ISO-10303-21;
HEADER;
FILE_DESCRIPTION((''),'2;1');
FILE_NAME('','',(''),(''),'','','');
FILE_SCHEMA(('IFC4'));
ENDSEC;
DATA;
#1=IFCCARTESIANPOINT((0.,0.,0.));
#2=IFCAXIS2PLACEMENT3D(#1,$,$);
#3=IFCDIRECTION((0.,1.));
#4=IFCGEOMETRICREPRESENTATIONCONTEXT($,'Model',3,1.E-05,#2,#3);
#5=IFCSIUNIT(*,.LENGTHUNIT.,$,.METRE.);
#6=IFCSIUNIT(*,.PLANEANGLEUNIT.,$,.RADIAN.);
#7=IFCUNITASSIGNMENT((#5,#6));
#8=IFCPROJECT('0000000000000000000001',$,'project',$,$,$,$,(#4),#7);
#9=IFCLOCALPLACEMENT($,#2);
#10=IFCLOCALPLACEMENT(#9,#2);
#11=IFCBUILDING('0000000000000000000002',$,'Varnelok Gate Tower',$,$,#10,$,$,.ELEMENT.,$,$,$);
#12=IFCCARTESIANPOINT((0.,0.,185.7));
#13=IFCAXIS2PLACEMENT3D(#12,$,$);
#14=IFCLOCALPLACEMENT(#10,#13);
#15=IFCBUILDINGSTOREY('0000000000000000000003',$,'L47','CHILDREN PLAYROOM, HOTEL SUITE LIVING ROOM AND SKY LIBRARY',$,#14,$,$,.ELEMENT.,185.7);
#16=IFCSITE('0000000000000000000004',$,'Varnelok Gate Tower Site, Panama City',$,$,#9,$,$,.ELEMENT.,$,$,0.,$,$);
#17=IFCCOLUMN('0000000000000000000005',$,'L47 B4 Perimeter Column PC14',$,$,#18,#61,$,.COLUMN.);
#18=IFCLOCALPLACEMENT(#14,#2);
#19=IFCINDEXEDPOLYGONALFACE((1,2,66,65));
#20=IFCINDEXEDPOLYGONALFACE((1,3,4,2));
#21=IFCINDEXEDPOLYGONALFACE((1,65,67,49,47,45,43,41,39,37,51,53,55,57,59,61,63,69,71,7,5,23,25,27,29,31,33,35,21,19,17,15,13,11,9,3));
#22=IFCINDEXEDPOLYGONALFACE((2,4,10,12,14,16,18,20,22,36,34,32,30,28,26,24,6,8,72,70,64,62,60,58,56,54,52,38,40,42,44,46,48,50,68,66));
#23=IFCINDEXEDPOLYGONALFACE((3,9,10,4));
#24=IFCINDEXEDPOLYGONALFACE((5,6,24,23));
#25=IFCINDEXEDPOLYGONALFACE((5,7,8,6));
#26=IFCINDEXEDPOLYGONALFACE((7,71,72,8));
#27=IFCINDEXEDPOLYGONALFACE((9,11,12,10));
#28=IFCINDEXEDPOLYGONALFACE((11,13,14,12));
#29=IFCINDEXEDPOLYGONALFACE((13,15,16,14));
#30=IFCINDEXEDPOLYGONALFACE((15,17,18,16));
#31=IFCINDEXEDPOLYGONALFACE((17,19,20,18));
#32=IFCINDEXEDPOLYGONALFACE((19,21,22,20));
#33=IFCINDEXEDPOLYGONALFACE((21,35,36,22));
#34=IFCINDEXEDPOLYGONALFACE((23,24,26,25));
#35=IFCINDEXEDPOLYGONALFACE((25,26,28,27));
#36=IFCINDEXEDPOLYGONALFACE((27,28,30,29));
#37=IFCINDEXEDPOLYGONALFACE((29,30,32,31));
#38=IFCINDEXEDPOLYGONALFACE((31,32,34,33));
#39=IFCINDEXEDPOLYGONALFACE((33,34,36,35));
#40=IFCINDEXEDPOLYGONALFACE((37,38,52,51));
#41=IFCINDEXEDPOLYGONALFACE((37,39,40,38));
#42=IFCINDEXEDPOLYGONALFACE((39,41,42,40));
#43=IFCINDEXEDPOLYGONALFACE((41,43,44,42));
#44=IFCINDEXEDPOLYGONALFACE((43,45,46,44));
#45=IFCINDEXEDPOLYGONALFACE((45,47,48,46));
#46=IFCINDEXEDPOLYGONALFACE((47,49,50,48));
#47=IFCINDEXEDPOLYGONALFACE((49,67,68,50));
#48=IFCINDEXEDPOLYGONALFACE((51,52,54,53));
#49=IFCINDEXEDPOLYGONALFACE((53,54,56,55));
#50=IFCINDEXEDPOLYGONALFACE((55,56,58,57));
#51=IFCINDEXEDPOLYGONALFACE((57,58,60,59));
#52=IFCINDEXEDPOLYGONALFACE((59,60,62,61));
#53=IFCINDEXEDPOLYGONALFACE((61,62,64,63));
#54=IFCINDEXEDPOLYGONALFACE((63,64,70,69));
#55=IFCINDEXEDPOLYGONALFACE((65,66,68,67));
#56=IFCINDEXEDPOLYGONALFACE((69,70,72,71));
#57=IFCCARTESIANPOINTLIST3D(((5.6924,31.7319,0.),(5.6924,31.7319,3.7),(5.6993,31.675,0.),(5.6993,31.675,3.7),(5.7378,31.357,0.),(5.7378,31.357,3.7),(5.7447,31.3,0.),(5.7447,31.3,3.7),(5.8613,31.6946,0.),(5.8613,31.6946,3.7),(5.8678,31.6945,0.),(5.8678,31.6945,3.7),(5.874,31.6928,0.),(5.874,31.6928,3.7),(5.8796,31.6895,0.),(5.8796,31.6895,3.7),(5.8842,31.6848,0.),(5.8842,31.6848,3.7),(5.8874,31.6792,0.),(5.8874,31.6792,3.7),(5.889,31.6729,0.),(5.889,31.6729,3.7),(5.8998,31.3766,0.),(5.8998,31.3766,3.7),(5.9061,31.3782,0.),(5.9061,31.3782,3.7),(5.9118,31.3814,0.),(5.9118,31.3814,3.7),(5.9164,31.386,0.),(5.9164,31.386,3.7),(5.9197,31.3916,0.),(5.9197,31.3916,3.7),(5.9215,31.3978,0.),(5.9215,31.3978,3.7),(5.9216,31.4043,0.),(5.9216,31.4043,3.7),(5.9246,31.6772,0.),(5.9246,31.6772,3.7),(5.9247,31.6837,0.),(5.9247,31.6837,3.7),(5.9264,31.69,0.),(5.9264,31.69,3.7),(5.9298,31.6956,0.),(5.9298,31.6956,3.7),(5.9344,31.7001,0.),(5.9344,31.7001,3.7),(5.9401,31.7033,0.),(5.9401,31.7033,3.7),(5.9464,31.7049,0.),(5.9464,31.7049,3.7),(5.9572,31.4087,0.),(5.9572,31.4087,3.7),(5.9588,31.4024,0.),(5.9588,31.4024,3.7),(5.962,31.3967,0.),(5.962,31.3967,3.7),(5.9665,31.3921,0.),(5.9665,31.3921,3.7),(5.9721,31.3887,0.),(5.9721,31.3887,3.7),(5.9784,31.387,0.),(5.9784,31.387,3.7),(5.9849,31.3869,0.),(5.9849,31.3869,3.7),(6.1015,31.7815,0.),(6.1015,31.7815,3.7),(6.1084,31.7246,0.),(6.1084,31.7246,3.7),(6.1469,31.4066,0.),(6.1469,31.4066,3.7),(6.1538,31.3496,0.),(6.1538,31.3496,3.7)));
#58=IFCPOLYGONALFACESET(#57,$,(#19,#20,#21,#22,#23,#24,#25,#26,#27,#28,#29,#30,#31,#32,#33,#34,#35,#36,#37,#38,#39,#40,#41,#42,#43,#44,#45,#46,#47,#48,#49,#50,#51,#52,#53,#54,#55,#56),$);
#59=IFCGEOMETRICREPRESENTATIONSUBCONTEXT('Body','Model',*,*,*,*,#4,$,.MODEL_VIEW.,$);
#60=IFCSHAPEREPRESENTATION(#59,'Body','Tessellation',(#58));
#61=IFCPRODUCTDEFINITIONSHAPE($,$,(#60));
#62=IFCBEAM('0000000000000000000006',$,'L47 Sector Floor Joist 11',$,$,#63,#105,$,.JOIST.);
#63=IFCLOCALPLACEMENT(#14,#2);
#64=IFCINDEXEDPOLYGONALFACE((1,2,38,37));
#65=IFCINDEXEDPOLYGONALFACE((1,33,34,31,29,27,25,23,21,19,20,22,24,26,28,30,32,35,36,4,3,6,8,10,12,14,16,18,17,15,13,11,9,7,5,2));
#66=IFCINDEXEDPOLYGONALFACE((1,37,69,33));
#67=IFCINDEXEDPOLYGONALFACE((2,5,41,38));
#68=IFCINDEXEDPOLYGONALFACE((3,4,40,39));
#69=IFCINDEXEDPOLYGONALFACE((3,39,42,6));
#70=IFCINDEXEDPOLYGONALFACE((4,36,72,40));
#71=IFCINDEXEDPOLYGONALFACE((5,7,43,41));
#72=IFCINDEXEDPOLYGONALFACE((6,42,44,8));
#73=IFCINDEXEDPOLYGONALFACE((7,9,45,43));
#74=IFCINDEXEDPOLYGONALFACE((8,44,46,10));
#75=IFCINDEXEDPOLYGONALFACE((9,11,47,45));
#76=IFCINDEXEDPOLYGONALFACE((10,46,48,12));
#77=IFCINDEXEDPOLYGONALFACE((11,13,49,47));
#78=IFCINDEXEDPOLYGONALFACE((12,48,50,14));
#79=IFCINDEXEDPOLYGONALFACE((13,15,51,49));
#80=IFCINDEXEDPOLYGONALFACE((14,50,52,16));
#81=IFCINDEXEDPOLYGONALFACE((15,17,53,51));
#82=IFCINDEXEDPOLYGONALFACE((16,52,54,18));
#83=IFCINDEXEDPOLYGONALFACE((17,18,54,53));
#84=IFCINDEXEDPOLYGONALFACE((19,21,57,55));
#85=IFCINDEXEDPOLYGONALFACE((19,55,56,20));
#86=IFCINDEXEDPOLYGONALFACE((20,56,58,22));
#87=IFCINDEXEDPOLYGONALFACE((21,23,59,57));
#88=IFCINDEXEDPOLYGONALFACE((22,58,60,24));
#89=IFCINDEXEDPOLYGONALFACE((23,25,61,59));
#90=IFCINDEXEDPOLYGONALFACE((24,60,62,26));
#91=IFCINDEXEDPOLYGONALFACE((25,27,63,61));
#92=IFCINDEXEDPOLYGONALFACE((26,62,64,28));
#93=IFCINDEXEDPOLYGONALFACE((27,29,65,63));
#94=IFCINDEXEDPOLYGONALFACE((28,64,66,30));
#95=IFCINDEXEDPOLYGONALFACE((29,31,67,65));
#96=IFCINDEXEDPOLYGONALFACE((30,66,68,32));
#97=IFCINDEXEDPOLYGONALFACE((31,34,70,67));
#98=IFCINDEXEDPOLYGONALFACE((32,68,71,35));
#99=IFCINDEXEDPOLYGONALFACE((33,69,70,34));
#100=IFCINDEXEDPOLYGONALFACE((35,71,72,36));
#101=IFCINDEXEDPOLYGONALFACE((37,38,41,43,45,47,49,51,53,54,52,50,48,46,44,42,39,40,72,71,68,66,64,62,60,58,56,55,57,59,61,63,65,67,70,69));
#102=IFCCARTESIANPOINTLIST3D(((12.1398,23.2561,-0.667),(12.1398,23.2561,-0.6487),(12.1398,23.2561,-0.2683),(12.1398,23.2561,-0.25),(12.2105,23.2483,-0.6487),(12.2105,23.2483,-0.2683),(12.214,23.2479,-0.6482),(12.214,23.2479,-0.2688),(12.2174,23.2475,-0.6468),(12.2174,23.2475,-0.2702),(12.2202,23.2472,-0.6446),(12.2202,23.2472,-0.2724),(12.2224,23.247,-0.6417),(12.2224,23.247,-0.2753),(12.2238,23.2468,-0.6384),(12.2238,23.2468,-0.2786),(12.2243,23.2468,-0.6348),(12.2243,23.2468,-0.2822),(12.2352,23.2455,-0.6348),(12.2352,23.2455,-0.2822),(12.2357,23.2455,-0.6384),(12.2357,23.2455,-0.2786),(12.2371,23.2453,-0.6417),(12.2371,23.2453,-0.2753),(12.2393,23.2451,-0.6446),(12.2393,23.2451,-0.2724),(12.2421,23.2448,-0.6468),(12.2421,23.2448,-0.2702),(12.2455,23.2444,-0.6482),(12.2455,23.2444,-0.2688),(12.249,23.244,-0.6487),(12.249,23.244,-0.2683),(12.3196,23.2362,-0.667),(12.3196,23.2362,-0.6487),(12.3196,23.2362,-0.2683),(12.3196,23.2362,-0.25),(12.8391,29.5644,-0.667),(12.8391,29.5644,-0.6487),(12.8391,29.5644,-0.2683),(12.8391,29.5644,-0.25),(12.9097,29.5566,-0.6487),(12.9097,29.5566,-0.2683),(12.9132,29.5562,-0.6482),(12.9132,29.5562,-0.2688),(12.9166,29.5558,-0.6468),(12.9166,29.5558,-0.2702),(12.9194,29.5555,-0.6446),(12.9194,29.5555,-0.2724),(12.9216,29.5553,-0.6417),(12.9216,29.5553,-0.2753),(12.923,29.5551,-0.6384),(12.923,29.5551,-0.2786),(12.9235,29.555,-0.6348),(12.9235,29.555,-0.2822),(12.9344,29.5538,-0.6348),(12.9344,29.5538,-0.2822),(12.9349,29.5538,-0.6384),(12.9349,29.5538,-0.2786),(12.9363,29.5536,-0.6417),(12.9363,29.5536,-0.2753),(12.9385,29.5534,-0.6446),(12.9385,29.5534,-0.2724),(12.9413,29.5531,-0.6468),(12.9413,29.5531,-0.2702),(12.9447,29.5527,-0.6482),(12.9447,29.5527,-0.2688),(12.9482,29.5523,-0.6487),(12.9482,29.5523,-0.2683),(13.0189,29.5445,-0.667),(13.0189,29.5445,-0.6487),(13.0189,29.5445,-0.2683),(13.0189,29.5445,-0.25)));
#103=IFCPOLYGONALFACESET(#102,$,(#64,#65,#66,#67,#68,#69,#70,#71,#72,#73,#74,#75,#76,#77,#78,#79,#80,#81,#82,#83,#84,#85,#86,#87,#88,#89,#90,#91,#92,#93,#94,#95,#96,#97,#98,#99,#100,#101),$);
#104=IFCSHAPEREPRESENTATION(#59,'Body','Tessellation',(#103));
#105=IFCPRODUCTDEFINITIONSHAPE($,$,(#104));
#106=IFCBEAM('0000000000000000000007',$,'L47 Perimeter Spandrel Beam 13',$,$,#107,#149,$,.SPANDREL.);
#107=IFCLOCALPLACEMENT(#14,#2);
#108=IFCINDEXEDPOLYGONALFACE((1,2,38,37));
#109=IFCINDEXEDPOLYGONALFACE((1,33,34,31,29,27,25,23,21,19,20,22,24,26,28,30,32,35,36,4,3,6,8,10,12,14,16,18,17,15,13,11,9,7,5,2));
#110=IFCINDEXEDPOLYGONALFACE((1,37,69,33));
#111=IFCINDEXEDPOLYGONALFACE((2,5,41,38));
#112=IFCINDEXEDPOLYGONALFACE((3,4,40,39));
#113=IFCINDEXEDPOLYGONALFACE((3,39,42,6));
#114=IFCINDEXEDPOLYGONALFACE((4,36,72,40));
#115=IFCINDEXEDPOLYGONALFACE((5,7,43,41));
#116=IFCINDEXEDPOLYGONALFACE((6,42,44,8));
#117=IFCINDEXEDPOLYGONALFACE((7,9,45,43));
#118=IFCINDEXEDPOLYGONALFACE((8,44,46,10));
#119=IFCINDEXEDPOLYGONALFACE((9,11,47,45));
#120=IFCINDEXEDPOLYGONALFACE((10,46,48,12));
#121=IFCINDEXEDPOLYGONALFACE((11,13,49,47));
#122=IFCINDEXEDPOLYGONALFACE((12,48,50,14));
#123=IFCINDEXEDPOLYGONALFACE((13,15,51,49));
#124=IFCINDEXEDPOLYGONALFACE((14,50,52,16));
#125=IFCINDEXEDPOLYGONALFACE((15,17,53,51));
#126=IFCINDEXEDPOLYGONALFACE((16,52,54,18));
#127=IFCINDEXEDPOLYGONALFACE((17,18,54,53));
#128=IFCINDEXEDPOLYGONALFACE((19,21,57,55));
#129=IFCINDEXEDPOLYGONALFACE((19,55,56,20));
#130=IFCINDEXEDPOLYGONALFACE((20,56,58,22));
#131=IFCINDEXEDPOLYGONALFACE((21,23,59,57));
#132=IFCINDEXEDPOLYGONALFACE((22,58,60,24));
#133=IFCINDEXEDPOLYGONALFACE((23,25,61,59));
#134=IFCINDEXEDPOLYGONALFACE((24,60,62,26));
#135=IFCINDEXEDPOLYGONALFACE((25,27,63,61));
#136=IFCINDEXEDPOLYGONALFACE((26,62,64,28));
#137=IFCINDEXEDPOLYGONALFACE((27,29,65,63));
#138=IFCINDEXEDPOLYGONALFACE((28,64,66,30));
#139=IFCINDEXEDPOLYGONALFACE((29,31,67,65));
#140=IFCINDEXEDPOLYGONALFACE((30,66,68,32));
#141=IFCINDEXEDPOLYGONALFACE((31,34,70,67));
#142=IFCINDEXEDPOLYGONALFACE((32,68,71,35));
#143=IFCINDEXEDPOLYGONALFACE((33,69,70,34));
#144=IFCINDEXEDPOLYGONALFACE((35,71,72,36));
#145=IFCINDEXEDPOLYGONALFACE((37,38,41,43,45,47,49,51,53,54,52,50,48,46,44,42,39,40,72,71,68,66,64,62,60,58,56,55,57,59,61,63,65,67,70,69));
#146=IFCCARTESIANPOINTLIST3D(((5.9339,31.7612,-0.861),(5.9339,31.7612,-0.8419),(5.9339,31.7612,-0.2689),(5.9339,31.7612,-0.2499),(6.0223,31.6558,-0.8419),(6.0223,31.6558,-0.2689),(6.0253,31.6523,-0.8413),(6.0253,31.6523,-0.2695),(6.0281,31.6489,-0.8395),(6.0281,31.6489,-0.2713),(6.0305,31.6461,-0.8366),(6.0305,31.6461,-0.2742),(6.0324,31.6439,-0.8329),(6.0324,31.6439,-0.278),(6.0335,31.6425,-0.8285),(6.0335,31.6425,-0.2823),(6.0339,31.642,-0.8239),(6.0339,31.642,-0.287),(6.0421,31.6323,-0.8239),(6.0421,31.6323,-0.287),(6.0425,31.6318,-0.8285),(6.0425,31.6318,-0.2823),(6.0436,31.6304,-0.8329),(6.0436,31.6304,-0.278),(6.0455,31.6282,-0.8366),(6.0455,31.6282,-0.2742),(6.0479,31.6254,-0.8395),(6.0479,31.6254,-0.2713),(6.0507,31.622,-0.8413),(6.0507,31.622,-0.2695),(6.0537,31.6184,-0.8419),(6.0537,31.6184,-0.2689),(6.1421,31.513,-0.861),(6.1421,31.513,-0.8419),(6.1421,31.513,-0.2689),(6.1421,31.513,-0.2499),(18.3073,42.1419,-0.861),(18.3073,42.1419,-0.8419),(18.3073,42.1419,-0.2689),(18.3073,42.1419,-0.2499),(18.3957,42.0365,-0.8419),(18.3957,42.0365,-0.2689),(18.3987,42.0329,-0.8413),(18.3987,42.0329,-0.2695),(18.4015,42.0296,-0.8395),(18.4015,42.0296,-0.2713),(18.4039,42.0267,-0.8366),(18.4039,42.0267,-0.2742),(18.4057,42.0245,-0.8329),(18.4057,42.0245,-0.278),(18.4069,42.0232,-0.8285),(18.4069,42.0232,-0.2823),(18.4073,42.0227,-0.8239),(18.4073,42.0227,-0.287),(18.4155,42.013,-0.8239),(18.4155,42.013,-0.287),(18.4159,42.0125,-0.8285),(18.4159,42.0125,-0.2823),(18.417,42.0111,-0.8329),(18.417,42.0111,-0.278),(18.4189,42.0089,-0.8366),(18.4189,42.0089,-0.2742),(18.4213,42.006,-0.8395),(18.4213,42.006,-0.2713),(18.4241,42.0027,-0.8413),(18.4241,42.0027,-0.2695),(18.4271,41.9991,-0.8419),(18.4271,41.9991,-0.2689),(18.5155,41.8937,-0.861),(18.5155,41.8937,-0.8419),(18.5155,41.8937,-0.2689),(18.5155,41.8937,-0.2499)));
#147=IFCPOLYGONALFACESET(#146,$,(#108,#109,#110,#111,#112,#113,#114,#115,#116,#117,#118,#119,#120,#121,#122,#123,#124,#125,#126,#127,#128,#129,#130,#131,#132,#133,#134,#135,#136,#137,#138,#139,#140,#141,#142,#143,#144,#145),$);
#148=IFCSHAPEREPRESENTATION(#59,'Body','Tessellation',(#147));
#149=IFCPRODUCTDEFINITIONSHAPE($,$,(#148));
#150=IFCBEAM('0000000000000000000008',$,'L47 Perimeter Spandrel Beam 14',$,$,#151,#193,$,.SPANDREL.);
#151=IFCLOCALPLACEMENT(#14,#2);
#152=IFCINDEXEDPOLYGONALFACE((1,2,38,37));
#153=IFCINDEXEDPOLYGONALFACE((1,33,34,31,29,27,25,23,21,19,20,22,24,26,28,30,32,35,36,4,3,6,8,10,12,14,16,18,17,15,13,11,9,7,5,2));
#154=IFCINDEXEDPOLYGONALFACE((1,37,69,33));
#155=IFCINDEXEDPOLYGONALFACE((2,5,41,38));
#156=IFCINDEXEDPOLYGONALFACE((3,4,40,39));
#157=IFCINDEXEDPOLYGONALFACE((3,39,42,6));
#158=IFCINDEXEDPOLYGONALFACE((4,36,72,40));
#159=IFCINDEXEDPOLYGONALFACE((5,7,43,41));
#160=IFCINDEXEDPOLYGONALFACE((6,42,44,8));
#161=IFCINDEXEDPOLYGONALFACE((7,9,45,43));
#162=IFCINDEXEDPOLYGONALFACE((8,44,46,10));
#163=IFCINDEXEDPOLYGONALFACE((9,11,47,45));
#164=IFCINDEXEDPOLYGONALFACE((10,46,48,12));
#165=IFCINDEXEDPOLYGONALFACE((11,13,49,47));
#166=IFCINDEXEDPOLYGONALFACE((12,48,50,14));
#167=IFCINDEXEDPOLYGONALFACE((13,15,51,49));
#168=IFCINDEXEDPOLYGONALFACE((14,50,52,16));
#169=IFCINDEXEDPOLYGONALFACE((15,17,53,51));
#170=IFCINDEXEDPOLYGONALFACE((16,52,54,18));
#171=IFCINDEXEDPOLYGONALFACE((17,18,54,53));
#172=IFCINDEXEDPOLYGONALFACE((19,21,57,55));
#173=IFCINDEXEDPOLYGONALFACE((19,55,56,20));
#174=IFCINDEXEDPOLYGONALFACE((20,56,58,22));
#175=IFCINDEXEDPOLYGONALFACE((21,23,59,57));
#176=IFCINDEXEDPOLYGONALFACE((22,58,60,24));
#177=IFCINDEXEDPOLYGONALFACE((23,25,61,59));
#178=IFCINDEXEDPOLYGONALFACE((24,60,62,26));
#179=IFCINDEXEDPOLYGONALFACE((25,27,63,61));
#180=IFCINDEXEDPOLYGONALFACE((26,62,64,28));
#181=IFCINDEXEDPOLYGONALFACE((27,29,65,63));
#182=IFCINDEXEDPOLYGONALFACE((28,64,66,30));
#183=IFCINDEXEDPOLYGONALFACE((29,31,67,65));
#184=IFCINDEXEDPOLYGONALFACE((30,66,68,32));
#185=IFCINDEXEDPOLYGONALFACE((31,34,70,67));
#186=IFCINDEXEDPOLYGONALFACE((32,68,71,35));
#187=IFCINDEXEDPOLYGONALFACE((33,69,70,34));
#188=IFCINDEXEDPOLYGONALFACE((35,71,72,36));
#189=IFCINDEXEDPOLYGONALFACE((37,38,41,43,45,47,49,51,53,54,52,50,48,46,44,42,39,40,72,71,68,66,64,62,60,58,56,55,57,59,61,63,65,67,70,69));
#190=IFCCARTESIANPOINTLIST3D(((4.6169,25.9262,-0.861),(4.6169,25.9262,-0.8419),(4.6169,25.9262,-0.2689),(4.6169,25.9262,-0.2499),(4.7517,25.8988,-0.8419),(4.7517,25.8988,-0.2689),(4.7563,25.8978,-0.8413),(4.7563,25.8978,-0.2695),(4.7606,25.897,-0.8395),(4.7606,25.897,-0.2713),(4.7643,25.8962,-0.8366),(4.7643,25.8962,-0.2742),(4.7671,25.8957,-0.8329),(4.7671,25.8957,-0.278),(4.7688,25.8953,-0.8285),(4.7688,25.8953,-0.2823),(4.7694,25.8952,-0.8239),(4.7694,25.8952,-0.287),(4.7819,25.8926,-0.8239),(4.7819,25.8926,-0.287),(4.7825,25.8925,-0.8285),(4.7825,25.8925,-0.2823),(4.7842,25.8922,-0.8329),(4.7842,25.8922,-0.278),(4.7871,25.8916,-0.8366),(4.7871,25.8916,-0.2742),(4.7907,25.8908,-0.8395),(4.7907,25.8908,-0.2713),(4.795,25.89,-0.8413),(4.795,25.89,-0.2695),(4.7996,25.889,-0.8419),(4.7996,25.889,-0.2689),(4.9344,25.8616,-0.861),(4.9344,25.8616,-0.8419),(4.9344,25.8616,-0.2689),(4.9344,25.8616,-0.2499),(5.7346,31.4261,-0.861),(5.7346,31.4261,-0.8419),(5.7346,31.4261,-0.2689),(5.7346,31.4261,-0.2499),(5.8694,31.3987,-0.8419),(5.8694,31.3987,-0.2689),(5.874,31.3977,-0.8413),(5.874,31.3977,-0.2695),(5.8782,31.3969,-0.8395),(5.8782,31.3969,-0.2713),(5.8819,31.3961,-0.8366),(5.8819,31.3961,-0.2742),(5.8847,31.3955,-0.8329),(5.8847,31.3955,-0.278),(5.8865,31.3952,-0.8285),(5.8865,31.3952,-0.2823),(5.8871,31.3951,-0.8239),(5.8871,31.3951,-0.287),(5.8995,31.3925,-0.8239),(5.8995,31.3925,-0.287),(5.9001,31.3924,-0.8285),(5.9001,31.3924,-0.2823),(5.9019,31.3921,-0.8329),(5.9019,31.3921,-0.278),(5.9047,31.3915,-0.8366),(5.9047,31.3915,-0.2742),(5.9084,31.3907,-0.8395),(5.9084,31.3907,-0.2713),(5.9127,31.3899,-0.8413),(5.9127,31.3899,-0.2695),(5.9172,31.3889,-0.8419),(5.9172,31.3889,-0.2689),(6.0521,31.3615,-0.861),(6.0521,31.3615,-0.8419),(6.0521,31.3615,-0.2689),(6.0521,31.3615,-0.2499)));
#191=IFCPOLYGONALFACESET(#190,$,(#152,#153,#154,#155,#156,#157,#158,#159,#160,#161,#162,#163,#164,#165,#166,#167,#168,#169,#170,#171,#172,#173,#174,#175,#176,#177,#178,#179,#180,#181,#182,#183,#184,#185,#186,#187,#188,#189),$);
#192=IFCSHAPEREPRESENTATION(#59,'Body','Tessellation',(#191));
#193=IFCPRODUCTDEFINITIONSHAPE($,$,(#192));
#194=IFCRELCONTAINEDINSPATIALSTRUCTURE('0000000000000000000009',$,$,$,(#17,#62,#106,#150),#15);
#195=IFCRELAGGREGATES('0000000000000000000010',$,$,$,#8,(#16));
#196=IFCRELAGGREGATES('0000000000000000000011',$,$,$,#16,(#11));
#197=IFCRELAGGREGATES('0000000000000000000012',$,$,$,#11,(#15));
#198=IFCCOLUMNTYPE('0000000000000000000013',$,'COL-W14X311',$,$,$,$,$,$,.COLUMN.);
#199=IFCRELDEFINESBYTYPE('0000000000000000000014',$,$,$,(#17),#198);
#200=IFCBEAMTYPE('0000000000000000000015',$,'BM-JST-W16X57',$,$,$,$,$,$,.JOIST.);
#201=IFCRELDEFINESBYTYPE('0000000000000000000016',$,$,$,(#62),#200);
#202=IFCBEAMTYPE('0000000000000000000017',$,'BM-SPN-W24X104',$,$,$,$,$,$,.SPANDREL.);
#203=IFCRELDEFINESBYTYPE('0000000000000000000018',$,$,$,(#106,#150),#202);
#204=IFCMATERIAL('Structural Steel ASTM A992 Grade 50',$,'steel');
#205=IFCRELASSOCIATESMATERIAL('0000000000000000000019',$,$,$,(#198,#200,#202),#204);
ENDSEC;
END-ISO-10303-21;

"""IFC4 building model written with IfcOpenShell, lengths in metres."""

from ifc_helpers import new_model, si_unit, direction, frame, origin, origin_2d, place, context, subcontext, project, spatial, i_section, extrude, material, material_profile, profile_set, type_object, element, save


model = new_model("IFC4")

# Units and contexts
model_context = context("Model", 3, precision=1e-05, world=origin(), true_north=direction((0.0, 1.0)))
body_context = subcontext(model_context, "Body", "Model", "MODEL_VIEW")
ifc_project = project(units=[si_unit("LENGTHUNIT", "METRE"), si_unit("PLANEANGLEUNIT", "RADIAN")], contexts=[model_context])

# Site, building, storey
site_placement = place(None, origin())
site = spatial("IfcSite", under=ifc_project, at=site_placement, Name="Varnelok Gate Tower Site, Panama City", CompositionType="ELEMENT", RefElevation=0.0)
building_placement = place(site_placement, origin())
building = spatial("IfcBuilding", under=site, at=building_placement, Name="Varnelok Gate Tower", CompositionType="ELEMENT")
storey_placement = place(building_placement, frame((0.0, 0.0, 185.7)))
storey = spatial("IfcBuildingStorey", under=building, at=storey_placement, Name="L47", Description="CHILDREN PLAYROOM, HOTEL SUITE LIVING ROOM AND SKY LIBRARY", CompositionType="ELEMENT", Elevation=185.7)

# Column
ifc_material_1 = material(Name="Structural Steel ASTM A992 Grade 50", Category="steel")
ifc_material_profile_1 = material_profile(ifc_material_1, i_section(OverallWidth=0.4121, OverallDepth=0.4351, WebThickness=0.0359, FlangeThickness=0.0574, FilletRadius=0.0249, at=origin_2d()), Name="W14X311")
ifc_profile_set_1 = profile_set([ifc_material_profile_1], Name="Structural Steel ASTM A992 Grade 50")
column_type = type_object("IfcColumnType", Name="COL-W14X311", PredefinedType="COLUMN", material=ifc_profile_set_1)
column_placement = place(storey_placement, frame((5.9231, 31.5408, 0.0), z_axis=(0.0, 0.0, 1.0), x_axis=(0.992732, 0.120345, 0.0)))
element("IfcColumn", 1, at=column_placement, inside=storey, type_object=column_type, Name="L47 B4 Perimeter Column PC14", PredefinedType="COLUMN", context=body_context, shape_type="SweptSolid", body=[
    extrude(i_section(OverallWidth=0.4121, OverallDepth=0.4351, WebThickness=0.0359, FlangeThickness=0.0574, FilletRadius=0.0249, at=origin_2d()), origin(), (0.0, 0.0, 1.0), 3.7),
])

# Beams
ifc_material_profile_2 = material_profile(ifc_material_1, i_section(OverallWidth=0.1809, OverallDepth=0.417, WebThickness=0.011, FlangeThickness=0.0183, FilletRadius=0.0139, at=origin_2d()), Name="W16X57")
ifc_profile_set_2 = profile_set([ifc_material_profile_2], Name="Structural Steel ASTM A992 Grade 50")
beam_type_1 = type_object("IfcBeamType", Name="BM-JST-W16X57", PredefinedType="JOIST", material=ifc_profile_set_2)
beam_1_placement = place(storey_placement, frame((12.929, 29.5544, -0.4585), z_axis=(-0.110166, -0.993913, 0.0), x_axis=(0.993913, -0.110166, 0.0)))
element("IfcBeam", 2, at=beam_1_placement, inside=storey, type_object=beam_type_1, Name="L47 Sector Floor Joist 11", PredefinedType="JOIST", context=body_context, shape_type="SweptSolid", body=[
    extrude(i_section(OverallWidth=0.1809, OverallDepth=0.417, WebThickness=0.011, FlangeThickness=0.0183, FilletRadius=0.0139, at=origin_2d()), origin(), (0.0, 0.0, 1.0), 6.3469),
])
ifc_material_profile_3 = material_profile(ifc_material_1, i_section(OverallWidth=0.324, OverallDepth=0.6111, WebThickness=0.0127, FlangeThickness=0.019, FilletRadius=0.0181, at=origin_2d()), Name="W24X104")
ifc_profile_set_3 = profile_set([ifc_material_profile_3], Name="Structural Steel ASTM A992 Grade 50")
beam_type_2 = type_object("IfcBeamType", Name="BM-SPN-W24X104", PredefinedType="SPANDREL", material=ifc_profile_set_3)
beam_2_placement = place(storey_placement, frame((18.4114, 42.0178, -0.5554), z_axis=(-0.7661, -0.642722, 0.0), x_axis=(0.642722, -0.7661, 0.0)))
element("IfcBeam", 3, at=beam_2_placement, inside=storey, type_object=beam_type_2, Name="L47 Perimeter Spandrel Beam 13", PredefinedType="SPANDREL", context=body_context, shape_type="SweptSolid", body=[
    extrude(i_section(OverallWidth=0.324, OverallDepth=0.6111, WebThickness=0.0127, FlangeThickness=0.019, FilletRadius=0.0181, at=origin_2d()), origin(), (0.0, 0.0, 1.0), 16.1511),
])
beam_3_placement = place(storey_placement, frame((5.8933, 31.3938, -0.5554), z_axis=(-0.199143, -0.97997, 0.0), x_axis=(0.97997, -0.199143, 0.0)))
element("IfcBeam", 4, at=beam_3_placement, inside=storey, type_object=beam_type_2, Name="L47 Perimeter Spandrel Beam 14", PredefinedType="SPANDREL", context=body_context, shape_type="SweptSolid", body=[
    extrude(i_section(OverallWidth=0.324, OverallDepth=0.6111, WebThickness=0.0127, FlangeThickness=0.019, FilletRadius=0.0181, at=origin_2d()), origin(), (0.0, 0.0, 1.0), 5.6123),
])

save(model, "model.ifc")
